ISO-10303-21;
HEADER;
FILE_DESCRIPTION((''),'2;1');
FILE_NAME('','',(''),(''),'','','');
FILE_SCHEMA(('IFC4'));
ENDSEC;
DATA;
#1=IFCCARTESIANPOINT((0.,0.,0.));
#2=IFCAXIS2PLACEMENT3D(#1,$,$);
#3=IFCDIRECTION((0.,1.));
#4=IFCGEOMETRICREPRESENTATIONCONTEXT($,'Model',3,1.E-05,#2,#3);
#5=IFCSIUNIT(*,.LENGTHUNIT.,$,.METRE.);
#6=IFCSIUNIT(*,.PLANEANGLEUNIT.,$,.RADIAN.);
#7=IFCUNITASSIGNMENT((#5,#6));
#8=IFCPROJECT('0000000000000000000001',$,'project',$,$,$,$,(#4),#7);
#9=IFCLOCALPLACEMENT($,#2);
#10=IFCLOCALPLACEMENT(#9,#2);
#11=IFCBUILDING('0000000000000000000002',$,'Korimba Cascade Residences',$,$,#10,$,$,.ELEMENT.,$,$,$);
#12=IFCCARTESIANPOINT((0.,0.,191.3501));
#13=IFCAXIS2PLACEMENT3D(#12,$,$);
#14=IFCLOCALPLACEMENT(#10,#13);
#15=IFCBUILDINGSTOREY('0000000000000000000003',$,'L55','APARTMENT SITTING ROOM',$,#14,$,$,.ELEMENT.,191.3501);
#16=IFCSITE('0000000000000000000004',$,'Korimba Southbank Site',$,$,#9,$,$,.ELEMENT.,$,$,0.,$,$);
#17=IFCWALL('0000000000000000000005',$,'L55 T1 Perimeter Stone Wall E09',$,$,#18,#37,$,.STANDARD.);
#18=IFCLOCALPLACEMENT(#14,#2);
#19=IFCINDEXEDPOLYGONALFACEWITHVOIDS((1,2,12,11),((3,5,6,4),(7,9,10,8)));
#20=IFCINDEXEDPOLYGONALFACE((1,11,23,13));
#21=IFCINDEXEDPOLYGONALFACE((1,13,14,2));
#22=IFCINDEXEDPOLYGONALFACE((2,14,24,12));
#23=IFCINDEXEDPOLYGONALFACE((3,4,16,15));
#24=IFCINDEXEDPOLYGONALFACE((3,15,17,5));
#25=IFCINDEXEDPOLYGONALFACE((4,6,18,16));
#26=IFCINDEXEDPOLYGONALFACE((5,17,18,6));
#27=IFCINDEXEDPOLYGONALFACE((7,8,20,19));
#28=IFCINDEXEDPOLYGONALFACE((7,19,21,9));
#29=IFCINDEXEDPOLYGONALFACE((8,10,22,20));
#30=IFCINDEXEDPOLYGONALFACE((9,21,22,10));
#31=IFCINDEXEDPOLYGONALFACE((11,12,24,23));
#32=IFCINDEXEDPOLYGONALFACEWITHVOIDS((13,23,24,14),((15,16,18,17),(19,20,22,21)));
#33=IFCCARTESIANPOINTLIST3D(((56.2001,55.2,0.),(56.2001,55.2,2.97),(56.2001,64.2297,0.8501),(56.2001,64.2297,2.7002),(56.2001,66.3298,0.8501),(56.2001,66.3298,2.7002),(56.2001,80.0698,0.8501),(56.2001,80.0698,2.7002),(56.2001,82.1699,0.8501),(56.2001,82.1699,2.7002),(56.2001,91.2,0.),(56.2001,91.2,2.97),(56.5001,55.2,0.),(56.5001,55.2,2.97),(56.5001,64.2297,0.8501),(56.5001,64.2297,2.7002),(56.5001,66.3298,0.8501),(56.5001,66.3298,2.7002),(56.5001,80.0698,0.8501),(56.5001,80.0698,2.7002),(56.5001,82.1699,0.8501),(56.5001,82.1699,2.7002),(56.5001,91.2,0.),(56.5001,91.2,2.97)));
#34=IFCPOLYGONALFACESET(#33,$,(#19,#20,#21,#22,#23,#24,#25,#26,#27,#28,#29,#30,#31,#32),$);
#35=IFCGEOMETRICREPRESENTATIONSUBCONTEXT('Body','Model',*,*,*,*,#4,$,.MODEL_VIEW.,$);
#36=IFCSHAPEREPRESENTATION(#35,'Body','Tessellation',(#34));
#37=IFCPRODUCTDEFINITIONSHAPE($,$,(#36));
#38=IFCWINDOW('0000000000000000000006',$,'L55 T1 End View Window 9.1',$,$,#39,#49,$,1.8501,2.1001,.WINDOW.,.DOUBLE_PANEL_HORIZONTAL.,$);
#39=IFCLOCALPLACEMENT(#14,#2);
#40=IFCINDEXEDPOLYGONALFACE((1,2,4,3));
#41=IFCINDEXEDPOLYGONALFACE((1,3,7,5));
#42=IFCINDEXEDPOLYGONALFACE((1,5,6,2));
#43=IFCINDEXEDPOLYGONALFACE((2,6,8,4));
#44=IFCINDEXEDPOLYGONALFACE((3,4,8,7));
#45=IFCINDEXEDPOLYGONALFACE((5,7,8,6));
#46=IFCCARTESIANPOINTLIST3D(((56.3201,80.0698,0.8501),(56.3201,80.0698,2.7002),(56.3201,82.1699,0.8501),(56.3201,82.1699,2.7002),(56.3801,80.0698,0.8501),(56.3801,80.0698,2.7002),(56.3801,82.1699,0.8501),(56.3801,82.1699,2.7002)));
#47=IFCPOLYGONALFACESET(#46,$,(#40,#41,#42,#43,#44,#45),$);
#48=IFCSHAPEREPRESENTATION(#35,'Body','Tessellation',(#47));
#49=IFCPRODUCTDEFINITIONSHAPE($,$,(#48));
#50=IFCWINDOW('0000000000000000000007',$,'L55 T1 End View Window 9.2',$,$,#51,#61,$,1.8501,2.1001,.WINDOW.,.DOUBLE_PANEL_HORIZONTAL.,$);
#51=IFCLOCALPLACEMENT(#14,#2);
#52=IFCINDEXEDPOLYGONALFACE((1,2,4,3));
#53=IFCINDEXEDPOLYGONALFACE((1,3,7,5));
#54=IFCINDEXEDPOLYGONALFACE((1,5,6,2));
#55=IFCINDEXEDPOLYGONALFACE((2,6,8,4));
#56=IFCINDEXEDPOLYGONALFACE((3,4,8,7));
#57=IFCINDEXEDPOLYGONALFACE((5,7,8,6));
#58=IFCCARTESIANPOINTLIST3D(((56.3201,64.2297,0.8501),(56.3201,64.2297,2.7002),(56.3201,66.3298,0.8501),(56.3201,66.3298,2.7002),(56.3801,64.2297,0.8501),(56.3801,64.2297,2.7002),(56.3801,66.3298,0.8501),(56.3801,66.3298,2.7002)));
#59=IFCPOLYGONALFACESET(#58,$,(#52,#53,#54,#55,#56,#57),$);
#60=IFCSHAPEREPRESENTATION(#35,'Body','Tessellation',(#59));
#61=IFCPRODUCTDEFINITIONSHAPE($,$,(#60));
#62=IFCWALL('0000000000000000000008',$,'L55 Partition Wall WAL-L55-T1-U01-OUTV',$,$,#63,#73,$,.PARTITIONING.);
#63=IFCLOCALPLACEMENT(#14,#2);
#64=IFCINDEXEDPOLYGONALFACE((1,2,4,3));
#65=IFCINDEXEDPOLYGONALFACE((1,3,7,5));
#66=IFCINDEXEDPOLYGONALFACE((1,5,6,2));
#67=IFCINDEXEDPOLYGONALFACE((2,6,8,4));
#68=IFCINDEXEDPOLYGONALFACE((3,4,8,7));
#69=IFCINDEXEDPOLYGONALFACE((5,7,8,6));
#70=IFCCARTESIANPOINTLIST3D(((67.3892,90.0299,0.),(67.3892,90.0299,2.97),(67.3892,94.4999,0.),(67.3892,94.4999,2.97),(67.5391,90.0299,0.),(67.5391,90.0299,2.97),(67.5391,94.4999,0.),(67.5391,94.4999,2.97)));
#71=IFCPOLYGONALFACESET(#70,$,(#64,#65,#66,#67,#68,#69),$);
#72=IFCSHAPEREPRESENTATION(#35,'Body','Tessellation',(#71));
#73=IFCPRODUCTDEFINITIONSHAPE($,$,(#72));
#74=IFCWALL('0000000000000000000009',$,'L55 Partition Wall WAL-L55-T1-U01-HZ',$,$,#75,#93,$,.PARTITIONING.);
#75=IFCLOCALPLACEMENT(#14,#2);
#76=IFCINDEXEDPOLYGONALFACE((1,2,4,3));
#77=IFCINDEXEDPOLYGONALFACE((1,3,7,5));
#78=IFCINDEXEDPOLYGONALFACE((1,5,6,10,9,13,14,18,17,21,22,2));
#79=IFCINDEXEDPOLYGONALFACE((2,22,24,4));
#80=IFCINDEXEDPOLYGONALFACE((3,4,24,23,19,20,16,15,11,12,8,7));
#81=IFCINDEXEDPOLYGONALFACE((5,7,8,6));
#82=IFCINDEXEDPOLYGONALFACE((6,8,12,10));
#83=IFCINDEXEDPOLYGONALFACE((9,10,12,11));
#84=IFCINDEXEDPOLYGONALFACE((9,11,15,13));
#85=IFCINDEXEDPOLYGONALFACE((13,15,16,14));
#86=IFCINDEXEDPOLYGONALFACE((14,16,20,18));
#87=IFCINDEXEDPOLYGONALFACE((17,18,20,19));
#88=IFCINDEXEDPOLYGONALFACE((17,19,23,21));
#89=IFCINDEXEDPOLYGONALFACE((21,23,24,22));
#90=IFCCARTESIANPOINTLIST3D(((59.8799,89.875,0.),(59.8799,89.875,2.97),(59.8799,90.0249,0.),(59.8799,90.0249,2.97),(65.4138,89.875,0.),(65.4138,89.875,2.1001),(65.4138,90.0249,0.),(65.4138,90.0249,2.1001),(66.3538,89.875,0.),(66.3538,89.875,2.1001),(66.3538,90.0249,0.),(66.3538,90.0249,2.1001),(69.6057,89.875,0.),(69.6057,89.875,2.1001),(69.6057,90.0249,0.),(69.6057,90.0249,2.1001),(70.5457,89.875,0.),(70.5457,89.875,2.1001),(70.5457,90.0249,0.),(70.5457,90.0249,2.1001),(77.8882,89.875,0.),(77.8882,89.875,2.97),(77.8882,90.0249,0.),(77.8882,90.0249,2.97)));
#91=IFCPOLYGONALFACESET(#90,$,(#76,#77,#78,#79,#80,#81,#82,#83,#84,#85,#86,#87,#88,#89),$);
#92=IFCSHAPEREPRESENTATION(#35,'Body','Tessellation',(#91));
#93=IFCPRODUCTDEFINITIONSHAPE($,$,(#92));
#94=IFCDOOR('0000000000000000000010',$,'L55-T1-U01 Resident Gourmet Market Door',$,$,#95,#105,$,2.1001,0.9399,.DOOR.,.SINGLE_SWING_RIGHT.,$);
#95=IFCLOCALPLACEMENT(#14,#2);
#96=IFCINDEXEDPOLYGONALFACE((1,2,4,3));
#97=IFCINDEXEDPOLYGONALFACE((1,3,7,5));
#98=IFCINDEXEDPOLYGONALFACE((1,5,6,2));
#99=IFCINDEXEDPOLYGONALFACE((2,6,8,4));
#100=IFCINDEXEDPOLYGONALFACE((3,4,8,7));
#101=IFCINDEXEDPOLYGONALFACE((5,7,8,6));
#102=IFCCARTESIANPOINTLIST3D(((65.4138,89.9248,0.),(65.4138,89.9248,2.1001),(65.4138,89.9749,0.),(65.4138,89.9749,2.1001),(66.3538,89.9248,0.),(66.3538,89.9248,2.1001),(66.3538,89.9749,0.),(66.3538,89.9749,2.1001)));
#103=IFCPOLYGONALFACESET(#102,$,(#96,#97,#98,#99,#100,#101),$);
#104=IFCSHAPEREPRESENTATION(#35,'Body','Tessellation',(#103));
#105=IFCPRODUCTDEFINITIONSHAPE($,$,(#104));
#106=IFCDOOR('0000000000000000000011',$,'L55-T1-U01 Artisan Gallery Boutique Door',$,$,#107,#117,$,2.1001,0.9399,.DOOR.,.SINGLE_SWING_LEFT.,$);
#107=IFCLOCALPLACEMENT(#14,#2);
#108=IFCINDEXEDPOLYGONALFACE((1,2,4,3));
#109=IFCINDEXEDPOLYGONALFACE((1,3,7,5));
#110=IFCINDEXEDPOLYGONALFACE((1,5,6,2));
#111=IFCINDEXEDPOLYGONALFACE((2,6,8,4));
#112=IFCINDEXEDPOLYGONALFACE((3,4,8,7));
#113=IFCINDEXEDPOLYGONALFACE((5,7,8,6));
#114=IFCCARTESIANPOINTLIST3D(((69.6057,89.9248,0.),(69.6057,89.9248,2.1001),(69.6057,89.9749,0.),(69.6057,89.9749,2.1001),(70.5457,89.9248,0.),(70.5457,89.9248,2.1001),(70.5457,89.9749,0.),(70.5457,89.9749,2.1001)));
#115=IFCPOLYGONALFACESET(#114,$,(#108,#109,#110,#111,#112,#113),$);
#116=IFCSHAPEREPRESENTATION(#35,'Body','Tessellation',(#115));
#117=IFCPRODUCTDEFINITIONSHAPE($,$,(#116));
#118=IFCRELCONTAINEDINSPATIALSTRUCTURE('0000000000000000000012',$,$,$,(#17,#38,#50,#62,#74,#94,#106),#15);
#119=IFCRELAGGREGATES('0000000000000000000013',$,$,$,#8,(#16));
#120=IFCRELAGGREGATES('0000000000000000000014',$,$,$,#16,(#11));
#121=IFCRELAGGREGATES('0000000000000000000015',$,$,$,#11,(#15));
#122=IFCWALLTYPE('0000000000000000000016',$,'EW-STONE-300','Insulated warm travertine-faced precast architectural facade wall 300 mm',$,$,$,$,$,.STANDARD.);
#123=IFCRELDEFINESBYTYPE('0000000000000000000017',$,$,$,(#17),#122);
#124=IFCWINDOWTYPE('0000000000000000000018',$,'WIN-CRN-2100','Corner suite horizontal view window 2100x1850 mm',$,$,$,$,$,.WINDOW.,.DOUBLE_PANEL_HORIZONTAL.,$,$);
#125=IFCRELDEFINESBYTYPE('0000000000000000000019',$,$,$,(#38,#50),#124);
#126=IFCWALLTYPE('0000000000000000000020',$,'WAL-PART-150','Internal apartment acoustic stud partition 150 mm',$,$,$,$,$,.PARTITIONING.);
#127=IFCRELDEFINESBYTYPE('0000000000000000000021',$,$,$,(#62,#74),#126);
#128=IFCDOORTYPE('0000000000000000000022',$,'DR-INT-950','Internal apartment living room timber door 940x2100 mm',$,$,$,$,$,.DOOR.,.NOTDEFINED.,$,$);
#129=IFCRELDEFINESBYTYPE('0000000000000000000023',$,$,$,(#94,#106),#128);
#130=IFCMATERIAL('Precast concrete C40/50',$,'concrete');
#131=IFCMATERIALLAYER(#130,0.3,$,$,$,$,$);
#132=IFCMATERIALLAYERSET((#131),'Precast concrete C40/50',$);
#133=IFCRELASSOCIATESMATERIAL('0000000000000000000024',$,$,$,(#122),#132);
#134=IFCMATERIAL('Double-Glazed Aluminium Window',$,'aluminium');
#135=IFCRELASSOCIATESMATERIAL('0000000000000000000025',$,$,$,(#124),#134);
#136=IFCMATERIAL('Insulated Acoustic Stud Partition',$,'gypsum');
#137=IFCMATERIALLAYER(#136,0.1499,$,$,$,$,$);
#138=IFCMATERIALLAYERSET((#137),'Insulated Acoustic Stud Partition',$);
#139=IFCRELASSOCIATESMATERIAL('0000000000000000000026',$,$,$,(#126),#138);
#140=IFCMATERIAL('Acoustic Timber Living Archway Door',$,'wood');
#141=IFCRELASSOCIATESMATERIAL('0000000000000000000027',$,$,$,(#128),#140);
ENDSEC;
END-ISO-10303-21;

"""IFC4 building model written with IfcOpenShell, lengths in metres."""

from ifc_helpers import new_model, si_unit, direction, frame, frame_2d, origin, place, context, subcontext, project, spatial, rectangle, extrude, material, layer, layer_set, type_object, element, fill, save


model = new_model("IFC4")

# Units and contexts
model_context = context("Model", 3, precision=1e-05, world=origin(), true_north=direction((0.0, 1.0)))
body_context = subcontext(model_context, "Body", "Model", "MODEL_VIEW")
ifc_project = project(units=[si_unit("LENGTHUNIT", "METRE"), si_unit("PLANEANGLEUNIT", "RADIAN")], contexts=[model_context])

# Site, building, storey
site_placement = place(None, origin())
site = spatial("IfcSite", under=ifc_project, at=site_placement, Name="Korimba Southbank Site", CompositionType="ELEMENT", RefElevation=0.0)
building_placement = place(site_placement, origin())
building = spatial("IfcBuilding", under=site, at=building_placement, Name="Korimba Cascade Residences", CompositionType="ELEMENT")
storey_placement = place(building_placement, frame((0.0, 0.0, 191.3501)))
storey = spatial("IfcBuildingStorey", under=building, at=storey_placement, Name="L55", Description="APARTMENT SITTING ROOM", CompositionType="ELEMENT", Elevation=191.3501)

# Shared definitions
ifc_material_1 = material(Name="Precast concrete C40/50", Category="concrete")
ifc_layer_1 = layer(ifc_material_1, 0.3)
ifc_layer_set_1 = layer_set([ifc_layer_1], Name="Precast concrete C40/50")
wall_type_1 = type_object("IfcWallType", Name="EW-STONE-300", Description="Insulated warm travertine-faced precast architectural facade wall 300 mm", PredefinedType="STANDARD", material=ifc_layer_set_1)

# Wall, openings, windows
wall_1_placement = place(storey_placement, frame((56.3501, 91.2, 0.0), z_axis=(0.0, 0.0, 1.0), x_axis=(0.0, -1.0, 0.0)))
wall_1 = element("IfcWall", 1, at=wall_1_placement, inside=storey, type_object=wall_type_1, Name="L55 T1 Perimeter Stone Wall E09", PredefinedType="STANDARD", context=body_context, shape_type="SweptSolid", body=[
    extrude(rectangle(XDim=36.0, YDim=0.3, at=frame_2d((18.0, 0.0))), origin(), (0.0, 0.0, 1.0), 2.97),
])
opening_1_placement = place(wall_1_placement, frame((9.03, 0.0, 0.8501)))
opening_1 = element("IfcOpeningElement", 2, at=opening_1_placement, cuts=wall_1, PredefinedType="OPENING", context=body_context, shape_type="SweptSolid", body=[
    extrude(rectangle(XDim=2.1001, YDim=1.8501, at=frame_2d((1.05, 0.925))), frame((0.0, 0.1602, 0.0), z_axis=(0.0, -1.0, 0.0), x_axis=(1.0, 0.0, 0.0)), (0.0, 0.0, 1.0), 0.3201),
])
opening_2_placement = place(wall_1_placement, frame((24.8701, 0.0, 0.8501)))
opening_2 = element("IfcOpeningElement", 3, at=opening_2_placement, cuts=wall_1, PredefinedType="OPENING", context=body_context, shape_type="SweptSolid", body=[
    extrude(rectangle(XDim=2.1001, YDim=1.8501, at=frame_2d((1.05, 0.925))), frame((0.0, 0.1602, 0.0), z_axis=(0.0, -1.0, 0.0), x_axis=(1.0, 0.0, 0.0)), (0.0, 0.0, 1.0), 0.3201),
])
ifc_material_2 = material(Name="Double-Glazed Aluminium Window", Category="aluminium")
window_type = type_object("IfcWindowType", Name="WIN-CRN-2100", Description="Corner suite horizontal view window 2100x1850 mm", PartitioningType="DOUBLE_PANEL_HORIZONTAL", PredefinedType="WINDOW", material=ifc_material_2)
window_1_placement = place(opening_1_placement, origin())
window_1 = element("IfcWindow", 4, at=window_1_placement, inside=storey, type_object=window_type, Name="L55 T1 End View Window 9.1", OverallHeight=1.8501, OverallWidth=2.1001, PartitioningType="DOUBLE_PANEL_HORIZONTAL", PredefinedType="WINDOW", context=body_context, shape_type="SweptSolid", body=[
    extrude(rectangle(XDim=2.1001, YDim=1.8501, at=frame_2d((1.05, 0.925))), frame((0.0, 0.03, 0.0), z_axis=(0.0, -1.0, 0.0), x_axis=(1.0, 0.0, 0.0)), (0.0, 0.0, 1.0), 0.0601),
])
fill(opening_1, window_1)
window_2_placement = place(opening_2_placement, origin())
window_2 = element("IfcWindow", 5, at=window_2_placement, inside=storey, type_object=window_type, Name="L55 T1 End View Window 9.2", OverallHeight=1.8501, OverallWidth=2.1001, PartitioningType="DOUBLE_PANEL_HORIZONTAL", PredefinedType="WINDOW", context=body_context, shape_type="SweptSolid", body=[
    extrude(rectangle(XDim=2.1001, YDim=1.8501, at=frame_2d((1.05, 0.925))), frame((0.0, 0.03, 0.0), z_axis=(0.0, -1.0, 0.0), x_axis=(1.0, 0.0, 0.0)), (0.0, 0.0, 1.0), 0.0601),
])
fill(opening_2, window_2)

# Wall
ifc_material_3 = material(Name="Insulated Acoustic Stud Partition", Category="gypsum")
ifc_layer_2 = layer(ifc_material_3, 0.1499)
ifc_layer_set_2 = layer_set([ifc_layer_2], Name="Insulated Acoustic Stud Partition")
wall_type_2 = type_object("IfcWallType", Name="WAL-PART-150", Description="Internal apartment acoustic stud partition 150 mm", PredefinedType="PARTITIONING", material=ifc_layer_set_2)
wall_2_placement = place(storey_placement, frame((67.4641, 90.03, 0.0), z_axis=(0.0, 0.0, 1.0), x_axis=(0.0, 1.0, 0.0)))
element("IfcWall", 6, at=wall_2_placement, inside=storey, type_object=wall_type_2, Name="L55 Partition Wall WAL-L55-T1-U01-OUTV", PredefinedType="PARTITIONING", context=body_context, shape_type="SweptSolid", body=[
    extrude(rectangle(XDim=4.47, YDim=0.1499, at=frame_2d((2.2349, 0.0))), origin(), (0.0, 0.0, 1.0), 2.97),
])

# Wall, openings, doors
wall_3_placement = place(storey_placement, frame((59.8799, 89.95, 0.0), z_axis=(0.0, 0.0, 1.0), x_axis=(1.0, 0.0, 0.0)))
wall_3 = element("IfcWall", 7, at=wall_3_placement, inside=storey, type_object=wall_type_2, Name="L55 Partition Wall WAL-L55-T1-U01-HZ", PredefinedType="PARTITIONING", context=body_context, shape_type="SweptSolid", body=[
    extrude(rectangle(XDim=18.0083, YDim=0.1499, at=frame_2d((9.0042, 0.0))), origin(), (0.0, 0.0, 1.0), 2.97),
])
opening_3_placement = place(wall_3_placement, frame((5.5339, 0.0, 0.0)))
opening_3 = element("IfcOpeningElement", 8, at=opening_3_placement, cuts=wall_3, PredefinedType="OPENING", context=body_context, shape_type="SweptSolid", body=[
    extrude(rectangle(XDim=0.9399, YDim=2.1001, at=frame_2d((0.47, 1.05))), frame((0.0, 0.085, 0.0), z_axis=(0.0, -1.0, 0.0), x_axis=(1.0, 0.0, 0.0)), (0.0, 0.0, 1.0), 0.1699),
])
opening_4_placement = place(wall_3_placement, frame((9.7258, 0.0, 0.0)))
opening_4 = element("IfcOpeningElement", 9, at=opening_4_placement, cuts=wall_3, PredefinedType="OPENING", context=body_context, shape_type="SweptSolid", body=[
    extrude(rectangle(XDim=0.9399, YDim=2.1001, at=frame_2d((0.47, 1.05))), frame((0.0, 0.085, 0.0), z_axis=(0.0, -1.0, 0.0), x_axis=(1.0, 0.0, 0.0)), (0.0, 0.0, 1.0), 0.1699),
])
ifc_material_4 = material(Name="Acoustic Timber Living Archway Door", Category="wood")
door_type = type_object("IfcDoorType", Name="DR-INT-950", Description="Internal apartment living room timber door 940x2100 mm", OperationType="NOTDEFINED", PredefinedType="DOOR", material=ifc_material_4)
door_1_placement = place(opening_3_placement, origin())
door_1 = element("IfcDoor", 10, at=door_1_placement, inside=storey, type_object=door_type, Name="L55-T1-U01 Resident Gourmet Market Door", OperationType="SINGLE_SWING_RIGHT", OverallHeight=2.1001, OverallWidth=0.9399, PredefinedType="DOOR", context=body_context, shape_type="SweptSolid", body=[
    extrude(rectangle(XDim=0.9399, YDim=2.1001, at=frame_2d((0.47, 1.05))), frame((0.0, 0.0249, 0.0), z_axis=(0.0, -1.0, 0.0), x_axis=(1.0, 0.0, 0.0)), (0.0, 0.0, 1.0), 0.05),
])
fill(opening_3, door_1)
door_2_placement = place(opening_4_placement, origin())
door_2 = element("IfcDoor", 11, at=door_2_placement, inside=storey, type_object=door_type, Name="L55-T1-U01 Artisan Gallery Boutique Door", OperationType="SINGLE_SWING_LEFT", OverallHeight=2.1001, OverallWidth=0.9399, PredefinedType="DOOR", context=body_context, shape_type="SweptSolid", body=[
    extrude(rectangle(XDim=0.9399, YDim=2.1001, at=frame_2d((0.47, 1.05))), frame((0.0, 0.0249, 0.0), z_axis=(0.0, -1.0, 0.0), x_axis=(1.0, 0.0, 0.0)), (0.0, 0.0, 1.0), 0.05),
])
fill(opening_4, door_2)

save(model, "model.ifc")
